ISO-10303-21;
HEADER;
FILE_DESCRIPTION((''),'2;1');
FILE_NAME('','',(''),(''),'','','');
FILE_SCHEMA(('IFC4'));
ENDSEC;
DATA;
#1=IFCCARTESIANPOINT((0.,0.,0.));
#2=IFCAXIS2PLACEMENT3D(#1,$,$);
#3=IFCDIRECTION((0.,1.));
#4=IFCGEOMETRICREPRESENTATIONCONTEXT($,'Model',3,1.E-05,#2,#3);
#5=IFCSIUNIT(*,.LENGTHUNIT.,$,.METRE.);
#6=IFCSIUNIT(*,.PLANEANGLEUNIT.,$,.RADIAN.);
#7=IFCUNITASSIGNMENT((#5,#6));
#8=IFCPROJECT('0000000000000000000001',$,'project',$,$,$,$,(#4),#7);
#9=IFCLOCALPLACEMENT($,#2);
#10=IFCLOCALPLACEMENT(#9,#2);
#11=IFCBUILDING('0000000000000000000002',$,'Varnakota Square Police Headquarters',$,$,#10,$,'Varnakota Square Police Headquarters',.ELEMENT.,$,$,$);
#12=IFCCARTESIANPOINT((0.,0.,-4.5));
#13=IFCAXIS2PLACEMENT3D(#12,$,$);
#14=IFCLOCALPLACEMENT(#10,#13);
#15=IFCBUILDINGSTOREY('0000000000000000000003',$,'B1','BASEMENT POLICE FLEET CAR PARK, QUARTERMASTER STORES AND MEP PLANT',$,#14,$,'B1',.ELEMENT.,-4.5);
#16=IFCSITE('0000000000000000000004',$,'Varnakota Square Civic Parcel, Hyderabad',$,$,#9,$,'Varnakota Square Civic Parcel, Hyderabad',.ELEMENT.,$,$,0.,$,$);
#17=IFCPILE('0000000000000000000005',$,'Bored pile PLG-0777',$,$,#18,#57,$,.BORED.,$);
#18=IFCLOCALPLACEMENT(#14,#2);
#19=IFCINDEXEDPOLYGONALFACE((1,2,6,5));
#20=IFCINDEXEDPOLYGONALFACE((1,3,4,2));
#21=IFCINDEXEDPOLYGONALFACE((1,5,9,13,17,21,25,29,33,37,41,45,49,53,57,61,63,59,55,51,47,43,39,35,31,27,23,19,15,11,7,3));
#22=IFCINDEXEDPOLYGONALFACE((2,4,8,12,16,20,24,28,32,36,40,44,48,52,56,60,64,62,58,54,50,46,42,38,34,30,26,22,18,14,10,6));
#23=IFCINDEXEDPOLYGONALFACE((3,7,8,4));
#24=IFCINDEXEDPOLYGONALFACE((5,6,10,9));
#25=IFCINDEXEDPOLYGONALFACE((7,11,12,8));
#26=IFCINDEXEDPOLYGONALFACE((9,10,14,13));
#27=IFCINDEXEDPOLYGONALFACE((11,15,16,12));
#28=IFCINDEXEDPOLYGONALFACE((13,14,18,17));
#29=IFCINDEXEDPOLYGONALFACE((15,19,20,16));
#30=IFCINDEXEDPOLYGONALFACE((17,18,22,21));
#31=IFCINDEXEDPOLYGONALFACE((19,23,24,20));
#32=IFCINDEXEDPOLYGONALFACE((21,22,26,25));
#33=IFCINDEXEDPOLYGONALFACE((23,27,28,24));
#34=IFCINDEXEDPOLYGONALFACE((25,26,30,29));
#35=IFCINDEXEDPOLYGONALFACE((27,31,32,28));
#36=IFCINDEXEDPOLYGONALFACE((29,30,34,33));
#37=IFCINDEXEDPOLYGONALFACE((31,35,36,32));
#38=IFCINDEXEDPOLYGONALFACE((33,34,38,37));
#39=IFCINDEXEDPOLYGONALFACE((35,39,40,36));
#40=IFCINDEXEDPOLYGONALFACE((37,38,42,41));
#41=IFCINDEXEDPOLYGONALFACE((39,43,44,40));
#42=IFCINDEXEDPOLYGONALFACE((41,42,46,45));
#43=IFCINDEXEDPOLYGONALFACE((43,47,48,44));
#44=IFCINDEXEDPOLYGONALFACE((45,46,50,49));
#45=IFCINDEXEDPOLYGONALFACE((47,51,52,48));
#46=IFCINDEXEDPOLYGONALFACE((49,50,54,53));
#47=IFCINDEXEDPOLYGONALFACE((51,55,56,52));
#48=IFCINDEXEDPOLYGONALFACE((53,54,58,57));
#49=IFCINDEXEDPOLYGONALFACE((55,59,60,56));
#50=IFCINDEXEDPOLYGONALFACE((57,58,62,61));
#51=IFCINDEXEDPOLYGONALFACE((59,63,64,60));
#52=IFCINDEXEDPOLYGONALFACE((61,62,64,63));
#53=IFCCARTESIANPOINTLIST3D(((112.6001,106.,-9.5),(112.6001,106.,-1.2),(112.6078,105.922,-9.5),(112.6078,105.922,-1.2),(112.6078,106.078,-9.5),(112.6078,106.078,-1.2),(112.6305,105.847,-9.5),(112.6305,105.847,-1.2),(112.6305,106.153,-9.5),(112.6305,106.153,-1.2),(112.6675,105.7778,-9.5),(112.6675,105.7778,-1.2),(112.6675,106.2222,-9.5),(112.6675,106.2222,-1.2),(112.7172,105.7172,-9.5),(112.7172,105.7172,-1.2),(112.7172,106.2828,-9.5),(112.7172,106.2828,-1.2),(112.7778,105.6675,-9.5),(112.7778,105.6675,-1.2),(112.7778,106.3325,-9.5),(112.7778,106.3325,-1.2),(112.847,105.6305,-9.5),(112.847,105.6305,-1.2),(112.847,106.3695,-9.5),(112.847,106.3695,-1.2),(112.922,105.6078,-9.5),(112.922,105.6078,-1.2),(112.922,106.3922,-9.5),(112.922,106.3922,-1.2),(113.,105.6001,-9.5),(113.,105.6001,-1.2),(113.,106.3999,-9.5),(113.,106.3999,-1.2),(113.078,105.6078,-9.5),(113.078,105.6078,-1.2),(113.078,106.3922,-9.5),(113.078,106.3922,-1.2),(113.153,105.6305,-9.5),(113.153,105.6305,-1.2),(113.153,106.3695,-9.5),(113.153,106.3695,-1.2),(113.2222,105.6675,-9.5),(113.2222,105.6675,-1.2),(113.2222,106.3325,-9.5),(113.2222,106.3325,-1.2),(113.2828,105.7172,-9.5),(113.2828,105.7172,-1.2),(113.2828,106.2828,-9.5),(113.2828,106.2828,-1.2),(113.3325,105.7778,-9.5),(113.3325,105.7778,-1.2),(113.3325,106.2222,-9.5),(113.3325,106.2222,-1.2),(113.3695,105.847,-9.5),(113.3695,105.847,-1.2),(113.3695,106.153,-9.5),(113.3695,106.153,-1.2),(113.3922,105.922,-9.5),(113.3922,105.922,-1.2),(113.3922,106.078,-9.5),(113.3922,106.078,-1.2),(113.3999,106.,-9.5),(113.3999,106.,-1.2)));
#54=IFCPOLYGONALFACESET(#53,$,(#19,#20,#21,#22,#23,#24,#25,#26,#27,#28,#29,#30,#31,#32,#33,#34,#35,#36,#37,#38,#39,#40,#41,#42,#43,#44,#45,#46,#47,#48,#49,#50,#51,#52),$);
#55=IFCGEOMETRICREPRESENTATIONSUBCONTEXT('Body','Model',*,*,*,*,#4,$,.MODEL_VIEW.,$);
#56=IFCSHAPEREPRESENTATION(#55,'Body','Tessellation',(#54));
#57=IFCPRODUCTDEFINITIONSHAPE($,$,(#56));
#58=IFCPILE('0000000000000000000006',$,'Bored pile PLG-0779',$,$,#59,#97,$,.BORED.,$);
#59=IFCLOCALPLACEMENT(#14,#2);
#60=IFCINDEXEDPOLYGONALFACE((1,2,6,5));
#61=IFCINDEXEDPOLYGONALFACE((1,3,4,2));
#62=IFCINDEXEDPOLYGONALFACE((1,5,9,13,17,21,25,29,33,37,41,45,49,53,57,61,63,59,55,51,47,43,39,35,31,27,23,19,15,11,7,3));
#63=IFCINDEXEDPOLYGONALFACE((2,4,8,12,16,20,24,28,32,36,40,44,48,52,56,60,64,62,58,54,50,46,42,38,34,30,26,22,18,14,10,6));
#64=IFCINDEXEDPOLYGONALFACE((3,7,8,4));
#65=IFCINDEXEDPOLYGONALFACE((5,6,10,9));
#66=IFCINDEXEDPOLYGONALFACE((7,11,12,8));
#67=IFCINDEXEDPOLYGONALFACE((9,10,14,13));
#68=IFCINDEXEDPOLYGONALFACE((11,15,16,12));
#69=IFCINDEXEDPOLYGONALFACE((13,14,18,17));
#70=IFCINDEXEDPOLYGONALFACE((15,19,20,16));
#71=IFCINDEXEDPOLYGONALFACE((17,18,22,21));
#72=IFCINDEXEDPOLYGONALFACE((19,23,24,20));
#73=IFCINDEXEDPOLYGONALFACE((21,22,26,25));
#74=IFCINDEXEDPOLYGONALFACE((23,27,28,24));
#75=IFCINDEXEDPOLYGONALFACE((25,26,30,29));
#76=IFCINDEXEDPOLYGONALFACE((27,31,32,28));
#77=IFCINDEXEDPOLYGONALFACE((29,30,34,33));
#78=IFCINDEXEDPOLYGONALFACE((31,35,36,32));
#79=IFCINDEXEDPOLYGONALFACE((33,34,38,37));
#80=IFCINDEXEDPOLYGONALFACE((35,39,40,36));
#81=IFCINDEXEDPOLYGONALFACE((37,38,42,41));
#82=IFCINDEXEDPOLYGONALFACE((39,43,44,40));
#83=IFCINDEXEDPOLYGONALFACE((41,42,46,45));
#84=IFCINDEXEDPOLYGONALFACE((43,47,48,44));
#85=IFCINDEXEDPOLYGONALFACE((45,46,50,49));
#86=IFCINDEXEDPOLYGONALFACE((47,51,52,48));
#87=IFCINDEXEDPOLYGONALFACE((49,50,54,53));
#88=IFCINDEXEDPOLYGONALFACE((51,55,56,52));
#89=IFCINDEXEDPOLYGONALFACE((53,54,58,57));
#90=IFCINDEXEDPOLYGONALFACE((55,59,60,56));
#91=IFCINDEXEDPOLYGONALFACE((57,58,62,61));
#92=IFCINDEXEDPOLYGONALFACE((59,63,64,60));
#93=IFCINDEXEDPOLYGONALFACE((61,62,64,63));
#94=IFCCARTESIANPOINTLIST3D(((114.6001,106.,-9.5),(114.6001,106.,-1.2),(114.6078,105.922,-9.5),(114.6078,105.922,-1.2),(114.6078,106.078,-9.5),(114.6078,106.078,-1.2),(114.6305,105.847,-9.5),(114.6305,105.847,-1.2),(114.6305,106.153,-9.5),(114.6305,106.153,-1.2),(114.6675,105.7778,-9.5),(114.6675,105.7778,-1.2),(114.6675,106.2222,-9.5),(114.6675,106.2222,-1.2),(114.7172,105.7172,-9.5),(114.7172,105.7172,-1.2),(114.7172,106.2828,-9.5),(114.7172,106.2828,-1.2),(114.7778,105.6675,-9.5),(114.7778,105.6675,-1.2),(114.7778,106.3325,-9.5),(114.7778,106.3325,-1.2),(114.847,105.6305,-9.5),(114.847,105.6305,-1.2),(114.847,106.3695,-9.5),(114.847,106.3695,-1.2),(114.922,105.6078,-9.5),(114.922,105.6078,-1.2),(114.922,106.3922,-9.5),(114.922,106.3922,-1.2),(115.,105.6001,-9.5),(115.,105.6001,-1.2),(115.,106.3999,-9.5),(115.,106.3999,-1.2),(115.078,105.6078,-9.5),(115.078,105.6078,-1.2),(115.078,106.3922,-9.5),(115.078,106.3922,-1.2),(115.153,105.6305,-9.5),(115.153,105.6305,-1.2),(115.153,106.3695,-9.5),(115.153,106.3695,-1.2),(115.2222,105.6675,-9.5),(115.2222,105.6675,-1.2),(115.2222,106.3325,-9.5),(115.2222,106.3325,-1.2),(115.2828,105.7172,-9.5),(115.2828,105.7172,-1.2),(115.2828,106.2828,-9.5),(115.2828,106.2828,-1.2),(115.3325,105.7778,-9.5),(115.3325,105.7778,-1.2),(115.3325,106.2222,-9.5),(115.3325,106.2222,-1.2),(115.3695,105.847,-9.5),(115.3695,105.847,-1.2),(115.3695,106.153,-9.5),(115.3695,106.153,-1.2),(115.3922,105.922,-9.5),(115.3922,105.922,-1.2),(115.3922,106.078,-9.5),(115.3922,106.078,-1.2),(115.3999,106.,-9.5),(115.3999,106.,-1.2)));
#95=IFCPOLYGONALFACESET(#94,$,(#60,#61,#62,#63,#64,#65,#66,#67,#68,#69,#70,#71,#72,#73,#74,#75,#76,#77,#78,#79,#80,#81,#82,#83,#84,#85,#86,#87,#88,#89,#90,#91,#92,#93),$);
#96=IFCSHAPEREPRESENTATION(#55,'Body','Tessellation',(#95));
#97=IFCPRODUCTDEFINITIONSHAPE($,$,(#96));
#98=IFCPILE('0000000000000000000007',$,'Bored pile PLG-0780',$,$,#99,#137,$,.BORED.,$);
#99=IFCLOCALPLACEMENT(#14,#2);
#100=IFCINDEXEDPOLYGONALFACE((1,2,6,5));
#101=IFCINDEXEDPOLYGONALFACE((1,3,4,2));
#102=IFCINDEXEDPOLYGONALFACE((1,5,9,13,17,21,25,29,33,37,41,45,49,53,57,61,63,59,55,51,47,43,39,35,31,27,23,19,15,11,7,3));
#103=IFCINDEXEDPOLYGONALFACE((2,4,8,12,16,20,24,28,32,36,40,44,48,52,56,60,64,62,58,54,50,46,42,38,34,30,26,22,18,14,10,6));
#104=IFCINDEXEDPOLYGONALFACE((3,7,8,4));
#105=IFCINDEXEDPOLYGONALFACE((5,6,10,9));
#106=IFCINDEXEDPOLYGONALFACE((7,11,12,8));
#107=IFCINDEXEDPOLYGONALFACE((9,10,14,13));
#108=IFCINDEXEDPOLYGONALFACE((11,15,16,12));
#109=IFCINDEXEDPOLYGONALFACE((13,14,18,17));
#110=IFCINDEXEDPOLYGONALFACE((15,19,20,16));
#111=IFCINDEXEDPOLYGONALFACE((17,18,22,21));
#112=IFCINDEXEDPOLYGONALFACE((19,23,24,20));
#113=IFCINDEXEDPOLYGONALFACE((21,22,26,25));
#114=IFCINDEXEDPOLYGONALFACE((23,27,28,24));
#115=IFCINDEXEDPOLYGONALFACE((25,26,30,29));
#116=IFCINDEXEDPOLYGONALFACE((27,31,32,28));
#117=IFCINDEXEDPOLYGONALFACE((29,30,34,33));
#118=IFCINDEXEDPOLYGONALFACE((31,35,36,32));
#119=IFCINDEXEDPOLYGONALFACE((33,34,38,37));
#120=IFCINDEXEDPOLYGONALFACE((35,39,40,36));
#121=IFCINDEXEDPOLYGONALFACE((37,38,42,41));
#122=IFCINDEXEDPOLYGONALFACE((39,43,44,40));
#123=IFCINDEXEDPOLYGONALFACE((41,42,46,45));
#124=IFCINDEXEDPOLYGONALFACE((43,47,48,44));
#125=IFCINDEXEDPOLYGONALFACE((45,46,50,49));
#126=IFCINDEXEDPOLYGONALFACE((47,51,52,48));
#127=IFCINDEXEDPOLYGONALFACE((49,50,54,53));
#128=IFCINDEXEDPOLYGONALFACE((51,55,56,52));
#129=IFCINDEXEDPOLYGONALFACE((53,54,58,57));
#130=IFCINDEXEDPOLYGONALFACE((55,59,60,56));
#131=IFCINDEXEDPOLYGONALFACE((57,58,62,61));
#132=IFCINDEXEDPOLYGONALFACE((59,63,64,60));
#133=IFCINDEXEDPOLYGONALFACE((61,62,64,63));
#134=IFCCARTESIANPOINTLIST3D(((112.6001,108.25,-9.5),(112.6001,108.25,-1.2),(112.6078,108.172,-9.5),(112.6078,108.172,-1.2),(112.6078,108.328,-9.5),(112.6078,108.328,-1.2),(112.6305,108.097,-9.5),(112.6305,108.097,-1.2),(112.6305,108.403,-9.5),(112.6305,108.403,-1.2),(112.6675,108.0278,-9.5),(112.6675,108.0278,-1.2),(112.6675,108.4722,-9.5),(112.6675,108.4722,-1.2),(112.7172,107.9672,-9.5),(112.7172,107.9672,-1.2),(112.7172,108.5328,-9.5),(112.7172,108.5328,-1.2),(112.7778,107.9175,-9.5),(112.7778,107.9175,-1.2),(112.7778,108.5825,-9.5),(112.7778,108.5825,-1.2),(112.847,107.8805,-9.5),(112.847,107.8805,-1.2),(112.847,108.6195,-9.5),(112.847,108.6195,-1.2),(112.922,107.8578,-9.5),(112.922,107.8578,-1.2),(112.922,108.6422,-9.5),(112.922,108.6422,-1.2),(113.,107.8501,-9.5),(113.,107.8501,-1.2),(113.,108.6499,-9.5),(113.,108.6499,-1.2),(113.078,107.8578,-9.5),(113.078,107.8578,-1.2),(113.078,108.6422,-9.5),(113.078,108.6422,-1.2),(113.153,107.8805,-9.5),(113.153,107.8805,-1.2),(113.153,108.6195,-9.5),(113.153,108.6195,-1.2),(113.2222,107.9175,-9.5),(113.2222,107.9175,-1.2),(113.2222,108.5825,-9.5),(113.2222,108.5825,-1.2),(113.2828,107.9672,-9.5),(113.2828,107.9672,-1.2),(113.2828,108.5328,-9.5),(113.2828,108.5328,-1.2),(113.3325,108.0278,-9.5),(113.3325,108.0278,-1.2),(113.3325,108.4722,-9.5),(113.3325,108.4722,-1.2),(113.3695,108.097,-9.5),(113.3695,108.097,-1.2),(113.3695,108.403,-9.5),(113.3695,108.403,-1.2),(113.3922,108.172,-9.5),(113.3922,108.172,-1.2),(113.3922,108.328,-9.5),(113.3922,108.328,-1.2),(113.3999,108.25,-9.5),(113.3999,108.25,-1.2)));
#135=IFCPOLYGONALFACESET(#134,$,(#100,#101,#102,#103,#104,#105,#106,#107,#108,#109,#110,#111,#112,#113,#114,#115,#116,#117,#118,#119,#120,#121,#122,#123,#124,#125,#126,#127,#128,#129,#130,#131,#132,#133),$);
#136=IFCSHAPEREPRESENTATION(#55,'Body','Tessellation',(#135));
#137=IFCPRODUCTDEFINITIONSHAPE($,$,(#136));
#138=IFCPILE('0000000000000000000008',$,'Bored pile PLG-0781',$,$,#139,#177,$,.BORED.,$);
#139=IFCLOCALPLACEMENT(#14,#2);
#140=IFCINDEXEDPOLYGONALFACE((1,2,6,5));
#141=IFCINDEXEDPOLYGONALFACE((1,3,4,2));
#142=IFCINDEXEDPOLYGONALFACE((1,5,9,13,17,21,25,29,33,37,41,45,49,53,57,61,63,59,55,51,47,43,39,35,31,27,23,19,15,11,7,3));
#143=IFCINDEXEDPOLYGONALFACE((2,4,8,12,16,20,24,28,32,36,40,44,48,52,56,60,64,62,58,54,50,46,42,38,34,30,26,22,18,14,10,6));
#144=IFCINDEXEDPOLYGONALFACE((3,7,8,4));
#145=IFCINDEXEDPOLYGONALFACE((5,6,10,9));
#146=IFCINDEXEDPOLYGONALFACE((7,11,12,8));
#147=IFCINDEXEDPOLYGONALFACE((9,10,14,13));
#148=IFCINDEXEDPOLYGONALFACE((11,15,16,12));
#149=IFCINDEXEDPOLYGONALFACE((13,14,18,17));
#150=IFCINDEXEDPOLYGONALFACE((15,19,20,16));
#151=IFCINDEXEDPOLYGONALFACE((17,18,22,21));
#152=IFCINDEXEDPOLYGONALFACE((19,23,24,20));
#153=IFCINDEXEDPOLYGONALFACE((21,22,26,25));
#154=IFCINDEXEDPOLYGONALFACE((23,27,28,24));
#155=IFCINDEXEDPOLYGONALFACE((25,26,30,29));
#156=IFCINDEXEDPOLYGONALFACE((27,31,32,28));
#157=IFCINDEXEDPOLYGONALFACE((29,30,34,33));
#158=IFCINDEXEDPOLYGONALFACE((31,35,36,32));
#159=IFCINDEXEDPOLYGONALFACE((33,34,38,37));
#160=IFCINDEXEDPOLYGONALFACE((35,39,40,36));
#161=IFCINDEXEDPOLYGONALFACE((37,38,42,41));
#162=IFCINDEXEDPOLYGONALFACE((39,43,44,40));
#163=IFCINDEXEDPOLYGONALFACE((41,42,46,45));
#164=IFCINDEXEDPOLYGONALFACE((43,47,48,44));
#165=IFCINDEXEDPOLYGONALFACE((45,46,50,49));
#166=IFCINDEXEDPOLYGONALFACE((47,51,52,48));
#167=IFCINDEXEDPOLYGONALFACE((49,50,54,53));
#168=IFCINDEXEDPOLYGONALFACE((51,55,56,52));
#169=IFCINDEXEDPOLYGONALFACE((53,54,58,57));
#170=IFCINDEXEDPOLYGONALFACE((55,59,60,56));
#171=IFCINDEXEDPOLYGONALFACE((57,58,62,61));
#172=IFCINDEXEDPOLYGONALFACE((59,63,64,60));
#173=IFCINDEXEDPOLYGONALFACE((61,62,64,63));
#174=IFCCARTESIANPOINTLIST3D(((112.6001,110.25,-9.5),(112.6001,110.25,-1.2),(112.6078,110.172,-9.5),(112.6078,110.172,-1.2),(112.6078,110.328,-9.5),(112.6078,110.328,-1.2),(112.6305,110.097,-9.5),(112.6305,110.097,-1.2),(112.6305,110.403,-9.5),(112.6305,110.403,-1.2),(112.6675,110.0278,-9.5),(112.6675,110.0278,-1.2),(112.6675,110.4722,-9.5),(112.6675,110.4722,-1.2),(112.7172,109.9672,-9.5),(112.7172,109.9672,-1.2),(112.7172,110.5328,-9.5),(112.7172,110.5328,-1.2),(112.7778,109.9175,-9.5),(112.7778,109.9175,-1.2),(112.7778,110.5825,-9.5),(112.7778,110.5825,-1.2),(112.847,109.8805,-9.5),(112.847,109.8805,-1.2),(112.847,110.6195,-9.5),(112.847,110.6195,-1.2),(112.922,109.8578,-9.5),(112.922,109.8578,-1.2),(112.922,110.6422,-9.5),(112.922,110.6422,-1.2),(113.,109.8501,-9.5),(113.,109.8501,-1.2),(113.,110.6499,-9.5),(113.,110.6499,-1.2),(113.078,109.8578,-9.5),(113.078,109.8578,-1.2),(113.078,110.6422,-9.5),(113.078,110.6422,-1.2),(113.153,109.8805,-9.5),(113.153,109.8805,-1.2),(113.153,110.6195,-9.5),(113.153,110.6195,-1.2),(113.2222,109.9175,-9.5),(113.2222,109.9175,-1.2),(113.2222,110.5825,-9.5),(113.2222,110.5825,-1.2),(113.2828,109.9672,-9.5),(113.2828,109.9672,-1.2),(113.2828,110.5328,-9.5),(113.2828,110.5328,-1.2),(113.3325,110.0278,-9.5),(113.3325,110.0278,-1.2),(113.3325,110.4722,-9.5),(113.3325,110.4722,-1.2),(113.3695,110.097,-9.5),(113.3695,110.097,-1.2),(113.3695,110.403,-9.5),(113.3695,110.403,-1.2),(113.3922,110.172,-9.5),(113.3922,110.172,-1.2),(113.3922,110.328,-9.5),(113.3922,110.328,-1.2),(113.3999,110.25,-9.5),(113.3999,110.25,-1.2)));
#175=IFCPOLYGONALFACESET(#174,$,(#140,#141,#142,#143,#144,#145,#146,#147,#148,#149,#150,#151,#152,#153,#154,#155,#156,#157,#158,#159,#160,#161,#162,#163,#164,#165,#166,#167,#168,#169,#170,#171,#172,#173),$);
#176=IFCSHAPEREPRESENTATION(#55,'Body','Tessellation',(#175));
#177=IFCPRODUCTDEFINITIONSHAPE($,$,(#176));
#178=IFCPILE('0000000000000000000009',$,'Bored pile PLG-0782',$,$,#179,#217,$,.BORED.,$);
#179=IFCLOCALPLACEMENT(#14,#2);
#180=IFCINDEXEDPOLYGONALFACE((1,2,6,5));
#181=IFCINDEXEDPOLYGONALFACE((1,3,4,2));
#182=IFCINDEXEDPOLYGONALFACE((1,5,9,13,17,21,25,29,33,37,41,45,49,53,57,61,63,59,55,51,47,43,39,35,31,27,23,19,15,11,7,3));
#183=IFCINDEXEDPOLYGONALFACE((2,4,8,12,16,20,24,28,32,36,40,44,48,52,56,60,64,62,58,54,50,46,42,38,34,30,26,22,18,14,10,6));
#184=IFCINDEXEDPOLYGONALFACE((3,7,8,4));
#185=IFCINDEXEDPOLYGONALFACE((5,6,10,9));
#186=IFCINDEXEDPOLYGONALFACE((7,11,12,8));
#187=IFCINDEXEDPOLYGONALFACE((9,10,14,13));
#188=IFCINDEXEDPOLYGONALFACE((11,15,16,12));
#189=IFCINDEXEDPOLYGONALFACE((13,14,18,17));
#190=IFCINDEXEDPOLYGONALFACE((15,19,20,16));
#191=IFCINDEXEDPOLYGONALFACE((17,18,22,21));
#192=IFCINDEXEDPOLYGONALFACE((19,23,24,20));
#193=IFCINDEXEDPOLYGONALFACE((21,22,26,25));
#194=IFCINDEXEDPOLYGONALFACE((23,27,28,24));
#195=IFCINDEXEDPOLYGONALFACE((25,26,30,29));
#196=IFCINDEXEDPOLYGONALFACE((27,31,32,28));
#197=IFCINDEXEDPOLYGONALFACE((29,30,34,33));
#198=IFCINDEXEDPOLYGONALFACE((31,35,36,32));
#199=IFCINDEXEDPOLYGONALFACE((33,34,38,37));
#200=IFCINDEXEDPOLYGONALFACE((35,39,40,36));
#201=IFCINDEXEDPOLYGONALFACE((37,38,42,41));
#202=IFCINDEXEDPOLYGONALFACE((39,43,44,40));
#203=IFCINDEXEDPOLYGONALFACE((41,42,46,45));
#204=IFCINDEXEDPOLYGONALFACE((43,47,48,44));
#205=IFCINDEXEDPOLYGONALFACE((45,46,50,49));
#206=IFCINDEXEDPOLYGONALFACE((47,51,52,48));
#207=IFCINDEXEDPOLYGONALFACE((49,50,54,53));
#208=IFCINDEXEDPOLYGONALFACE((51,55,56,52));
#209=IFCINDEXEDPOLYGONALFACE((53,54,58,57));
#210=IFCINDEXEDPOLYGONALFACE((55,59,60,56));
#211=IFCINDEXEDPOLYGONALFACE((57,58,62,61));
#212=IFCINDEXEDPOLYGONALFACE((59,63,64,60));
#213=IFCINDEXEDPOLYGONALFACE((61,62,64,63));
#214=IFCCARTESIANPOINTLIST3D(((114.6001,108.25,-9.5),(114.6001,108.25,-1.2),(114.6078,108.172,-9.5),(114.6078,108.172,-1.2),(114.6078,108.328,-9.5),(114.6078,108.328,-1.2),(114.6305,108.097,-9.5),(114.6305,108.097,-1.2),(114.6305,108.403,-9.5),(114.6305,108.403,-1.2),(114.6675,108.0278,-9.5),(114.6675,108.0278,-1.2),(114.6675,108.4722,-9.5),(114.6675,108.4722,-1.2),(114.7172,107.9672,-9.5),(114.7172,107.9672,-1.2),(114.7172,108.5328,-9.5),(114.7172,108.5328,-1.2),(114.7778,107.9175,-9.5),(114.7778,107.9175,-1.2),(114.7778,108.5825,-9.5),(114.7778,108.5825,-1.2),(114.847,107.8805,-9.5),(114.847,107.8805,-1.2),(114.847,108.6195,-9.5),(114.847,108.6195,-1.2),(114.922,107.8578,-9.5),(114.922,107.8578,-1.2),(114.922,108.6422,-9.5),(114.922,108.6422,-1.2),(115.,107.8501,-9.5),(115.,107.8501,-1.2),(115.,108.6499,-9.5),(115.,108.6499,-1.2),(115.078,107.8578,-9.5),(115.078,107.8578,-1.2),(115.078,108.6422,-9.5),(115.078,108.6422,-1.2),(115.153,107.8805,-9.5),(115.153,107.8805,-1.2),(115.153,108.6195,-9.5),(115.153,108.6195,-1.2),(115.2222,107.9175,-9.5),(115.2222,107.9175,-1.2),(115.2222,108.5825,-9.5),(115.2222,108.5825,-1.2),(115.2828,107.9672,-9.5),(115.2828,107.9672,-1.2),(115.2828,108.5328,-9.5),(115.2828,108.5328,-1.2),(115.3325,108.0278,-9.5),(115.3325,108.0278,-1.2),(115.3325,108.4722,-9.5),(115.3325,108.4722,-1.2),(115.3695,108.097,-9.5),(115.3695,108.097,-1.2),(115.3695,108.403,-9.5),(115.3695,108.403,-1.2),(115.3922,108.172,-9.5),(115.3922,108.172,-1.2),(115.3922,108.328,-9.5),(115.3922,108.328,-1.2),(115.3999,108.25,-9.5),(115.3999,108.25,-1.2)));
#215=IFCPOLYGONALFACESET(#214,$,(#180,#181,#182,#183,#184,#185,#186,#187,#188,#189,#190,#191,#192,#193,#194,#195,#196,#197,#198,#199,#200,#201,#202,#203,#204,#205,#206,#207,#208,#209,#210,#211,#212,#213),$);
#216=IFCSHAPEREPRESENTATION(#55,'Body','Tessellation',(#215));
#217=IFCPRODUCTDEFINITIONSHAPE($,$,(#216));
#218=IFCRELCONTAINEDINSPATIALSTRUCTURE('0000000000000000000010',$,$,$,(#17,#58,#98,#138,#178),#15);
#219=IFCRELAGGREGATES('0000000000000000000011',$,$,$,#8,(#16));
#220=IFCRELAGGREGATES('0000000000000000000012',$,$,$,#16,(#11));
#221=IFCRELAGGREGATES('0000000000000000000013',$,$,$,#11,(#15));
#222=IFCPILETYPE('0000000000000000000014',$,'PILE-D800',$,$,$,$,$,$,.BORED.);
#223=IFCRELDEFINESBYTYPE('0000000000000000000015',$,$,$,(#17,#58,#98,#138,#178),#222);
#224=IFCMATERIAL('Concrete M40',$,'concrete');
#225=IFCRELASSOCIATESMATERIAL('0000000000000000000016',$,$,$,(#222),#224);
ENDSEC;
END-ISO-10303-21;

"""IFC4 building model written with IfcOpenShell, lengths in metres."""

from ifc_helpers import new_model, si_unit, direction, frame, origin, origin_2d, place, context, subcontext, project, spatial, circle, extrude, material, material_profile, profile_set, type_object, element, save


model = new_model("IFC4")

# Units and contexts
model_context = context("Model", 3, precision=1e-05, world=origin(), true_north=direction((0.0, 1.0)))
body_context = subcontext(model_context, "Body", "Model", "MODEL_VIEW")
ifc_project = project(units=[si_unit("LENGTHUNIT", "METRE"), si_unit("PLANEANGLEUNIT", "RADIAN")], contexts=[model_context])

# Site, building, storey
site_placement = place(None, origin())
site = spatial("IfcSite", under=ifc_project, at=site_placement, Name="Varnakota Square Civic Parcel, Hyderabad", LongName="Varnakota Square Civic Parcel, Hyderabad", CompositionType="ELEMENT", RefElevation=0.0)
building_placement = place(site_placement, origin())
building = spatial("IfcBuilding", under=site, at=building_placement, Name="Varnakota Square Police Headquarters", LongName="Varnakota Square Police Headquarters", CompositionType="ELEMENT")
storey_placement = place(building_placement, frame((0.0, 0.0, -4.5)))
storey = spatial("IfcBuildingStorey", under=building, at=storey_placement, Name="B1", Description="BASEMENT POLICE FLEET CAR PARK, QUARTERMASTER STORES AND MEP PLANT", LongName="B1", CompositionType="ELEMENT", Elevation=-4.5)

# Shared definitions
ifc_material_1 = material(Name="Concrete M40", Category="concrete")

# Piles
ifc_material_profile_1 = material_profile(ifc_material_1, circle(Radius=0.3999, at=origin_2d()), Name="BORED PILE 800")
ifc_profile_set_1 = profile_set([ifc_material_profile_1], Name="Concrete M40")
pile_type = type_object("IfcPileType", Name="PILE-D800", PredefinedType="BORED", material=ifc_profile_set_1)
for number, where, z_axis, x_axis, name in (
    (1, (113.0, 106.0, -1.2), (0.0, 0.0, -1.0), (1.0, 0.0, 0.0), "Bored pile PLG-0777"),
    (2, (115.0, 106.0, -1.2), (0.0, 0.0, -1.0), (1.0, 0.0, 0.0), "Bored pile PLG-0779"),
    (3, (113.0, 108.25, -1.2), (0.0, 0.0, -1.0), (1.0, 0.0, 0.0), "Bored pile PLG-0780"),
    (4, (113.0, 110.25, -1.2), (0.0, 0.0, -1.0), (1.0, 0.0, 0.0), "Bored pile PLG-0781"),
    (5, (115.0, 108.25, -1.2), (0.0, 0.0, -1.0), (1.0, 0.0, 0.0), "Bored pile PLG-0782"),
):
    element("IfcPile", number, at=place(storey_placement, frame(where, z_axis=z_axis, x_axis=x_axis)), inside=storey, type_object=pile_type, Name=name, PredefinedType="BORED", context=body_context, shape_type="SweptSolid", body=[
        extrude(circle(Radius=0.3999, at=origin_2d()), origin(), (0.0, 0.0, 1.0), 8.3),
    ])

save(model, "model.ifc")
